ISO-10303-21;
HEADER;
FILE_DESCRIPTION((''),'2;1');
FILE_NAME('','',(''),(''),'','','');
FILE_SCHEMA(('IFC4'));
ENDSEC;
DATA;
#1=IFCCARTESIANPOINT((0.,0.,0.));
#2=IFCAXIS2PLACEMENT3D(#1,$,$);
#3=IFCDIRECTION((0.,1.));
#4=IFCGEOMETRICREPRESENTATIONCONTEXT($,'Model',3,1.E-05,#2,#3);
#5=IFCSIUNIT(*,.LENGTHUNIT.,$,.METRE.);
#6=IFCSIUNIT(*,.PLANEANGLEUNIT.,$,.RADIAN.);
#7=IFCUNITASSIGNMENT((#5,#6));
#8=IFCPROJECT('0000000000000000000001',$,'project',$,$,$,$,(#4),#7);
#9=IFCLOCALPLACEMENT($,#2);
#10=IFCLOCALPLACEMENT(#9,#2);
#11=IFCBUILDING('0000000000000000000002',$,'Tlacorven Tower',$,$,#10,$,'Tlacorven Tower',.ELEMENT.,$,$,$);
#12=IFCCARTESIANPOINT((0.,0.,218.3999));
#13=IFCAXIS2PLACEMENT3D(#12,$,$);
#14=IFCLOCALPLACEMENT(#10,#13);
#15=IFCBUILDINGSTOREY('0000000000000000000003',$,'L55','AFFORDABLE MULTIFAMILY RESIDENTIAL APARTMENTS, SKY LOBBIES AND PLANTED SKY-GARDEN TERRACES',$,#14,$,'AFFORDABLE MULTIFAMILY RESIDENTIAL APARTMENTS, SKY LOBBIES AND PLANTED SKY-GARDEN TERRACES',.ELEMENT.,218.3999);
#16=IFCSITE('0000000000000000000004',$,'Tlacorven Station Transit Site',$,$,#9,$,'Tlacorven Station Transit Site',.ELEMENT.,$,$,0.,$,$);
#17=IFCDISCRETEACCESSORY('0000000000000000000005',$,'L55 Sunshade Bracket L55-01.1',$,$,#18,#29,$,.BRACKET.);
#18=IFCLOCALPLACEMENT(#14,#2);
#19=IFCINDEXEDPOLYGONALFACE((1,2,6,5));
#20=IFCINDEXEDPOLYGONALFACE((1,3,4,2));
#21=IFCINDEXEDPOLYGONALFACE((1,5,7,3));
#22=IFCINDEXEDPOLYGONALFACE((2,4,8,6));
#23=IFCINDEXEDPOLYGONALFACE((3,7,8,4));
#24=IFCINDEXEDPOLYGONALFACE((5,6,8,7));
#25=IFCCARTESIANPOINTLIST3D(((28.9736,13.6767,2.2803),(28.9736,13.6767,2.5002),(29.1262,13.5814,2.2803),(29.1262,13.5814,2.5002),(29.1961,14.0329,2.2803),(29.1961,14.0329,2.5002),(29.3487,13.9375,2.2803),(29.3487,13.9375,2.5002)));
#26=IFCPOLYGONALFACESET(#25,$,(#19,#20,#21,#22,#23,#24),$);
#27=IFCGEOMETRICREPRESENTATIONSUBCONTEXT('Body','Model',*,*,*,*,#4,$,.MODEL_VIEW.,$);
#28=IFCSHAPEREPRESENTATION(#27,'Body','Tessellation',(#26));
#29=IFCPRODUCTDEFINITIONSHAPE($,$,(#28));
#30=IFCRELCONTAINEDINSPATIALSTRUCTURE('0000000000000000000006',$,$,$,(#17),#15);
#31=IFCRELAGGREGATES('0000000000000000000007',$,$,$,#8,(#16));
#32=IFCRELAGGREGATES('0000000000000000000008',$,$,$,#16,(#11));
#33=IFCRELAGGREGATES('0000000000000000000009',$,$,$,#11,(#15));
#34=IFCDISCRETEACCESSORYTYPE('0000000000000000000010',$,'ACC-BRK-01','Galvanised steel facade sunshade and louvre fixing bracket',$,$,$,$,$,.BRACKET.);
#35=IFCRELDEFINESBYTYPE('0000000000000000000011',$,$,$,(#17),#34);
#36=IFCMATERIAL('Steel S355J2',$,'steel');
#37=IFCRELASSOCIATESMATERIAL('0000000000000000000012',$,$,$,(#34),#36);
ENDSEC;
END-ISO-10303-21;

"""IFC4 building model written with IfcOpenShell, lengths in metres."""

from ifc_helpers import new_model, si_unit, direction, frame, origin, origin_2d, place, context, subcontext, project, spatial, rectangle, extrude, source, transform, mapped, material, type_object, element, save


model = new_model("IFC4")

# Units and contexts
model_context = context("Model", 3, precision=1e-05, world=origin(), true_north=direction((0.0, 1.0)))
body_context = subcontext(model_context, "Body", "Model", "MODEL_VIEW")
ifc_project = project(units=[si_unit("LENGTHUNIT", "METRE"), si_unit("PLANEANGLEUNIT", "RADIAN")], contexts=[model_context])

# Site, building, storey
site_placement = place(None, origin())
site = spatial("IfcSite", under=ifc_project, at=site_placement, Name="Tlacorven Station Transit Site", LongName="Tlacorven Station Transit Site", CompositionType="ELEMENT", RefElevation=0.0)
building_placement = place(site_placement, origin())
building = spatial("IfcBuilding", under=site, at=building_placement, Name="Tlacorven Tower", LongName="Tlacorven Tower", CompositionType="ELEMENT")
storey_placement = place(building_placement, frame((0.0, 0.0, 218.3999)))
storey = spatial("IfcBuildingStorey", under=building, at=storey_placement, Name="L55", Description="AFFORDABLE MULTIFAMILY RESIDENTIAL APARTMENTS, SKY LOBBIES AND PLANTED SKY-GARDEN TERRACES", LongName="AFFORDABLE MULTIFAMILY RESIDENTIAL APARTMENTS, SKY LOBBIES AND PLANTED SKY-GARDEN TERRACES", CompositionType="ELEMENT", Elevation=218.3999)

# Discrete accessory
ifc_material_1 = material(Name="Steel S355J2", Category="steel")
discrete_accessory_type = type_object("IfcDiscreteAccessoryType", Name="ACC-BRK-01", Description="Galvanised steel facade sunshade and louvre fixing bracket", PredefinedType="BRACKET", material=ifc_material_1)
shared_shape_1 = source(origin(), body_context, "Body", "SweptSolid", [
    extrude(rectangle(XDim=0.1799, YDim=0.4199, at=origin_2d()), origin(), (0.0, 0.0, 1.0), 0.22),
])
discrete_accessory_placement = place(storey_placement, frame((29.1611, 13.8071, 2.2803), z_axis=(0.0, 0.0, 1.0), x_axis=(-0.848048, 0.529919, 0.0)))
element("IfcDiscreteAccessory", 1, at=discrete_accessory_placement, inside=storey, type_object=discrete_accessory_type, Name="L55 Sunshade Bracket L55-01.1", PredefinedType="BRACKET", context=body_context, shape_type="MappedRepresentation", body=[
    mapped(shared_shape_1, transform((0.0, 0.0, 0.0), scale=1.0)),
])

save(model, "model.ifc")
